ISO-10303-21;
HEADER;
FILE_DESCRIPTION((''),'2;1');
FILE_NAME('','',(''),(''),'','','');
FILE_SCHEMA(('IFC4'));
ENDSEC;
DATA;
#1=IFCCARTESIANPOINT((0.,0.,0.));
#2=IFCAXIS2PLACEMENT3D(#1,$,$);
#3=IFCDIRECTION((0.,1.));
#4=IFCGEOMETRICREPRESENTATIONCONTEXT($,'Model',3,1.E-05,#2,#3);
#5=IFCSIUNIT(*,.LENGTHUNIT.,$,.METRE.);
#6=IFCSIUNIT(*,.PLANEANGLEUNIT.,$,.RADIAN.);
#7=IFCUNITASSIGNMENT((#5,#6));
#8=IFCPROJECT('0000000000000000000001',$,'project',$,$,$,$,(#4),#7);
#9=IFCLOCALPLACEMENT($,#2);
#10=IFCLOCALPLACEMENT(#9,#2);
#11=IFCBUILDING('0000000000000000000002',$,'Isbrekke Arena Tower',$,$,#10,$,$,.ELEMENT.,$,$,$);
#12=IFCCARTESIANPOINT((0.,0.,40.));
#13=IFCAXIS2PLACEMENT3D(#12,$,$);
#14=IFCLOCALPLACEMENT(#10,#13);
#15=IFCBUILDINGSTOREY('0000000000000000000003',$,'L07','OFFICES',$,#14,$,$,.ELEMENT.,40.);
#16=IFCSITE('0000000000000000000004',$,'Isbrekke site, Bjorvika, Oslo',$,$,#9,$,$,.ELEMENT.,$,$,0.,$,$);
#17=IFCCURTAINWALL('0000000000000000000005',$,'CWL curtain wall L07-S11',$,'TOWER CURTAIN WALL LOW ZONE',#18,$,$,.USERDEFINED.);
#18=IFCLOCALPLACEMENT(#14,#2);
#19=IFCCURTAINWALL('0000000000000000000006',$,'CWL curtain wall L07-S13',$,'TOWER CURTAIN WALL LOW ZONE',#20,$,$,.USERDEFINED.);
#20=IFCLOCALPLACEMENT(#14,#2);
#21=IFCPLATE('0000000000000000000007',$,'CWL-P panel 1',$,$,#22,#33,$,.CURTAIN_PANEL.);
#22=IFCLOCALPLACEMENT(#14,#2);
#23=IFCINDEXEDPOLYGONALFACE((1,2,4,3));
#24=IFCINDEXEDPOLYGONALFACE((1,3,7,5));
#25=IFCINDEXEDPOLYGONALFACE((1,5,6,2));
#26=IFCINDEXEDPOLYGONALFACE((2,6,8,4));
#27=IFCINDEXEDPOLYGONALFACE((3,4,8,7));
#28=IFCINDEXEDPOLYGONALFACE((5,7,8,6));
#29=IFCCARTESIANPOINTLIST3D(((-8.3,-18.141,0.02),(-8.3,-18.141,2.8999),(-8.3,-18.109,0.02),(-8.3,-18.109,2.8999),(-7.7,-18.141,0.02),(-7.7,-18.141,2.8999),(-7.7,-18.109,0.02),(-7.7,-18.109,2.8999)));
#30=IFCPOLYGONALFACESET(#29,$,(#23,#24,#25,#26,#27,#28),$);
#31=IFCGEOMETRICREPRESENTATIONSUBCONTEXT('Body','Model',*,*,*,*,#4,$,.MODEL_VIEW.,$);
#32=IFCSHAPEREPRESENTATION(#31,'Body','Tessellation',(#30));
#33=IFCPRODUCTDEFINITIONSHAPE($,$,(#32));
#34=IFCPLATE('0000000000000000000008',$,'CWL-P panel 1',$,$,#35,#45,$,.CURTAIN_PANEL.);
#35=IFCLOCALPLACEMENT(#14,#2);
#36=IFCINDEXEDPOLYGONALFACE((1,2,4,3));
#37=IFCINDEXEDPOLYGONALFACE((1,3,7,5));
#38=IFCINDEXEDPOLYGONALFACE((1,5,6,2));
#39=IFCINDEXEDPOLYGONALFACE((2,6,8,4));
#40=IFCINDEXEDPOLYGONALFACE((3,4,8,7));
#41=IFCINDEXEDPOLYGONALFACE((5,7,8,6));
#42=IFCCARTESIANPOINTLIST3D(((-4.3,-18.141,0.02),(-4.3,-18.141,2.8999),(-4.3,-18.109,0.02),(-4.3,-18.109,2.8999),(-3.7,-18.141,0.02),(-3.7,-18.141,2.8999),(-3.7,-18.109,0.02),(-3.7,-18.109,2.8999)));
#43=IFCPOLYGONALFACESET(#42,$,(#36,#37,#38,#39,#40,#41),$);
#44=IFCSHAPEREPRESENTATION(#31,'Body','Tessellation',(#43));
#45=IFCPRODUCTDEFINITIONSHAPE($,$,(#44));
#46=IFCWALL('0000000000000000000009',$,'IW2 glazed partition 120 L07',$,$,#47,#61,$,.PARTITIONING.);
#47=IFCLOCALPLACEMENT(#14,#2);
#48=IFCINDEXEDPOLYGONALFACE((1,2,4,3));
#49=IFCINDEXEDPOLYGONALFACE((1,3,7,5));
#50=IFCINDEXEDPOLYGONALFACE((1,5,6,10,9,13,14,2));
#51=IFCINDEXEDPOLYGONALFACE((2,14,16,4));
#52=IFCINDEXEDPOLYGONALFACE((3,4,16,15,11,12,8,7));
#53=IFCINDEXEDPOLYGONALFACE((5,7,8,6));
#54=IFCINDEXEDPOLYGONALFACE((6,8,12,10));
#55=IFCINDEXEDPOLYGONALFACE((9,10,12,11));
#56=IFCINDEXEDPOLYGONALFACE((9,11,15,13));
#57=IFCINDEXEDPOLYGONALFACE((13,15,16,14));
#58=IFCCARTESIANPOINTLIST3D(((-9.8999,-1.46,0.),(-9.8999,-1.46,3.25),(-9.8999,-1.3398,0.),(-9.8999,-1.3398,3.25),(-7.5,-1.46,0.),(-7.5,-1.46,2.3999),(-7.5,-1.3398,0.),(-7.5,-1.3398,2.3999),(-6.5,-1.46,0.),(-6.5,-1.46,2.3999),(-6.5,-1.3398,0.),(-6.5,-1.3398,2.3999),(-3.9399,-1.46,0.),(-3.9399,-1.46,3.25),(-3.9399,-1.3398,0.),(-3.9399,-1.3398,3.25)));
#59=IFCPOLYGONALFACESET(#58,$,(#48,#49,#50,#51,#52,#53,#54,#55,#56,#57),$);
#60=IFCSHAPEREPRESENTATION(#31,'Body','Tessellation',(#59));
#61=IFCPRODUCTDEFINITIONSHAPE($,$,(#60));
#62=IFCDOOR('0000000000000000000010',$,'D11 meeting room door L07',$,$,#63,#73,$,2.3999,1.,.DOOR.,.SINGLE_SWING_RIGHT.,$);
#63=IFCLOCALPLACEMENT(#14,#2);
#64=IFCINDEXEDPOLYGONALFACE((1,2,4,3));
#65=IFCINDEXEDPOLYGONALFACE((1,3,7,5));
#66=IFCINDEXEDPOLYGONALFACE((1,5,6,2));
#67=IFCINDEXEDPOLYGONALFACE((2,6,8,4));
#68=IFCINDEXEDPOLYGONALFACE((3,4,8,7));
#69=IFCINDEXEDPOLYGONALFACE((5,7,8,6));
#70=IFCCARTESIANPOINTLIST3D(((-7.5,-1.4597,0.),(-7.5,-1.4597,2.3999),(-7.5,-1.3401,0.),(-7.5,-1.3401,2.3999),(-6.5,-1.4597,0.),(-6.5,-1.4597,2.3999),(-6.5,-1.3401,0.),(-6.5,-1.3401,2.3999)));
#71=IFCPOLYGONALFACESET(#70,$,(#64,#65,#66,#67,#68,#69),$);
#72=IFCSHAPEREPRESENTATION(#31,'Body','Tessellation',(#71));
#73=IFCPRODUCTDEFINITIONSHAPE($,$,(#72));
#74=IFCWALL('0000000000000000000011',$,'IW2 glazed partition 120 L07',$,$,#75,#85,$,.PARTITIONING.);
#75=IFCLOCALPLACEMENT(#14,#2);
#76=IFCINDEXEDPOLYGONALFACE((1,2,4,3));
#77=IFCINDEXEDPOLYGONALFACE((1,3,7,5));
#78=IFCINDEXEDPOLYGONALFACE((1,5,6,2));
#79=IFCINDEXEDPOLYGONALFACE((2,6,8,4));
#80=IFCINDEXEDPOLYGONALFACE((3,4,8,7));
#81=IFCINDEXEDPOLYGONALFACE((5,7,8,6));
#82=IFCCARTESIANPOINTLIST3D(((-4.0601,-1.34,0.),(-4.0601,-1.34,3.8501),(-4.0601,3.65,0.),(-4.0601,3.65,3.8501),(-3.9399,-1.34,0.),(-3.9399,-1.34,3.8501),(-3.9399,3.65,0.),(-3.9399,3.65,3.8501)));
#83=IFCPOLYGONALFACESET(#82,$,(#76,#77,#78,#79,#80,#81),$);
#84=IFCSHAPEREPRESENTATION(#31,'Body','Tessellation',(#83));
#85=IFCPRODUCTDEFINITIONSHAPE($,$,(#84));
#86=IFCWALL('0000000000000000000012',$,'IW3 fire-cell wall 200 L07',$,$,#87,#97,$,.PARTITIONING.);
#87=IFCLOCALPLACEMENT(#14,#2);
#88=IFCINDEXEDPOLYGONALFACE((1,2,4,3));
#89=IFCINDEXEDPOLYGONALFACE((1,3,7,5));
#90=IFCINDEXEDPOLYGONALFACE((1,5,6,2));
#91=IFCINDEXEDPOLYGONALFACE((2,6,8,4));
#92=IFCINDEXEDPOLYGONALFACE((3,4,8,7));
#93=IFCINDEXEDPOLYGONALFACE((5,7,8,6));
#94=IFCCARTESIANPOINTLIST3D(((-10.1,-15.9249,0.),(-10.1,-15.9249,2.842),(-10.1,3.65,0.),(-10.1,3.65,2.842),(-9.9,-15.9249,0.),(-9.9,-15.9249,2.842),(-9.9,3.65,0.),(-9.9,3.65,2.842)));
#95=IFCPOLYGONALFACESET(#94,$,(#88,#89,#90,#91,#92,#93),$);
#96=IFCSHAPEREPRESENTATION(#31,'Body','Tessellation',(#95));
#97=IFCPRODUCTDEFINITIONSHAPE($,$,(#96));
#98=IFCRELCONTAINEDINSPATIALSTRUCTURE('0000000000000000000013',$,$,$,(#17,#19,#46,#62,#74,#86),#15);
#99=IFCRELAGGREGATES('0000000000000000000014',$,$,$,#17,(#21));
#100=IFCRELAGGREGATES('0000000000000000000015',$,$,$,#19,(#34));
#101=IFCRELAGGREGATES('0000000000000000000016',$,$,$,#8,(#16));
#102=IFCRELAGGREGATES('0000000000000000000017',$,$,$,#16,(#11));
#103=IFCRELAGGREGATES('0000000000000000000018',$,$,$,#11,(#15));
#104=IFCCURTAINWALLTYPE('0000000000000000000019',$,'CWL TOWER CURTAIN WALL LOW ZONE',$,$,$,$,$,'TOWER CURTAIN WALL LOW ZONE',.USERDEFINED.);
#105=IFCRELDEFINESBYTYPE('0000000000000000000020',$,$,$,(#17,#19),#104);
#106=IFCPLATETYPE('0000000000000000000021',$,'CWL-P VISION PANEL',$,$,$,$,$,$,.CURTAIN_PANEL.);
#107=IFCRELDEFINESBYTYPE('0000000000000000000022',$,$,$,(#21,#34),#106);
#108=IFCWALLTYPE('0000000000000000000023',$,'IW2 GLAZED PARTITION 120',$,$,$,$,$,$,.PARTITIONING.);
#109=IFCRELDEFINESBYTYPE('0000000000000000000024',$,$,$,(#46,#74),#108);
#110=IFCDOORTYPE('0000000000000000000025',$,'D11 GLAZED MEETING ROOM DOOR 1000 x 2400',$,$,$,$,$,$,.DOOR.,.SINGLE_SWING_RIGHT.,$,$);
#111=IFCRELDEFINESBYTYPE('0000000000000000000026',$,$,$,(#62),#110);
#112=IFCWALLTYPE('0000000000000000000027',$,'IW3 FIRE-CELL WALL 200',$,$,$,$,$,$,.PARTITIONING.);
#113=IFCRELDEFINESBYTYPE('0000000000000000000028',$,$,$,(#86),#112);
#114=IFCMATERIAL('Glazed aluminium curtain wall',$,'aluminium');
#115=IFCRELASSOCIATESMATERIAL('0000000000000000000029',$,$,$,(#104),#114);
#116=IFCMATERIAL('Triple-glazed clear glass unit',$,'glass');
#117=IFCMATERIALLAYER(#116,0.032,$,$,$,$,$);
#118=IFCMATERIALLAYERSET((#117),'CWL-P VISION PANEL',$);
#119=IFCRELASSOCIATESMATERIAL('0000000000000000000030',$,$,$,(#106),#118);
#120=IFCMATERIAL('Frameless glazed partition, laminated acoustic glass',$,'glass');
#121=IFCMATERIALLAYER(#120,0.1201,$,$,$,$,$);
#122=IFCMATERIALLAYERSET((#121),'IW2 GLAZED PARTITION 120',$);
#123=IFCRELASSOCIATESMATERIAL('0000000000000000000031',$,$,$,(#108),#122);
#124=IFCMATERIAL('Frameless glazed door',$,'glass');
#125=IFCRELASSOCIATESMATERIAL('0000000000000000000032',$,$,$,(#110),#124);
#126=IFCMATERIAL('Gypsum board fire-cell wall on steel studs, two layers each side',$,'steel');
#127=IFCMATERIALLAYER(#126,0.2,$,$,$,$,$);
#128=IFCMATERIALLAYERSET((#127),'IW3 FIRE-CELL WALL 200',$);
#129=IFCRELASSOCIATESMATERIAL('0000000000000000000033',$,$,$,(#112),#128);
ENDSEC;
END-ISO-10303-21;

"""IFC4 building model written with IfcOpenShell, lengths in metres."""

from ifc_helpers import new_model, si_unit, direction, frame, frame_2d, origin, origin_2d, place, context, subcontext, project, spatial, rectangle, extrude, material, layer, layer_set, type_object, element, fill, aggregate, save


model = new_model("IFC4")

# Units and contexts
model_context = context("Model", 3, precision=1e-05, world=origin(), true_north=direction((0.0, 1.0)))
body_context = subcontext(model_context, "Body", "Model", "MODEL_VIEW")
ifc_project = project(units=[si_unit("LENGTHUNIT", "METRE"), si_unit("PLANEANGLEUNIT", "RADIAN")], contexts=[model_context])

# Site, building, storey
site_placement = place(None, origin())
site = spatial("IfcSite", under=ifc_project, at=site_placement, Name="Isbrekke site, Bjorvika, Oslo", CompositionType="ELEMENT", RefElevation=0.0)
building_placement = place(site_placement, origin())
building = spatial("IfcBuilding", under=site, at=building_placement, Name="Isbrekke Arena Tower", CompositionType="ELEMENT")
storey_placement = place(building_placement, frame((0.0, 0.0, 40.0)))
storey = spatial("IfcBuildingStorey", under=building, at=storey_placement, Name="L07", Description="OFFICES", CompositionType="ELEMENT", Elevation=40.0)

# Curtain walls
ifc_material_1 = material(Name="Glazed aluminium curtain wall", Category="aluminium")
curtain_wall_type = type_object("IfcCurtainWallType", Name="CWL TOWER CURTAIN WALL LOW ZONE", ElementType="TOWER CURTAIN WALL LOW ZONE", PredefinedType="USERDEFINED", material=ifc_material_1)
curtain_wall_1_placement = place(storey_placement, origin())
curtain_wall_1 = element("IfcCurtainWall", 1, at=curtain_wall_1_placement, inside=storey, type_object=curtain_wall_type, Name="CWL curtain wall L07-S11", ObjectType="TOWER CURTAIN WALL LOW ZONE", PredefinedType="USERDEFINED")
curtain_wall_2_placement = place(storey_placement, origin())
curtain_wall_2 = element("IfcCurtainWall", 2, at=curtain_wall_2_placement, inside=storey, type_object=curtain_wall_type, Name="CWL curtain wall L07-S13", ObjectType="TOWER CURTAIN WALL LOW ZONE", PredefinedType="USERDEFINED")

# Plates
ifc_material_2 = material(Name="Triple-glazed clear glass unit", Category="glass")
ifc_layer_1 = layer(ifc_material_2, 0.032)
ifc_layer_set_1 = layer_set([ifc_layer_1], Name="CWL-P VISION PANEL")
plate_type = type_object("IfcPlateType", Name="CWL-P VISION PANEL", PredefinedType="CURTAIN_PANEL", material=ifc_layer_set_1)
plate_1_placement = place(storey_placement, frame((-8.0, -18.125, 0.02), z_axis=(0.0, 0.0, 1.0), x_axis=(1.0, 0.0, 0.0)))
plate_1 = element("IfcPlate", 3, at=plate_1_placement, type_object=plate_type, Name="CWL-P panel 1", PredefinedType="CURTAIN_PANEL", context=body_context, shape_type="SweptSolid", body=[
    extrude(rectangle(XDim=0.6001, YDim=0.032, at=origin_2d()), origin(), (0.0, 0.0, 1.0), 2.8799),
])
aggregate(curtain_wall_1, [plate_1])
plate_2_placement = place(storey_placement, frame((-4.0, -18.125, 0.02), z_axis=(0.0, 0.0, 1.0), x_axis=(1.0, 0.0, 0.0)))
plate_2 = element("IfcPlate", 4, at=plate_2_placement, type_object=plate_type, Name="CWL-P panel 1", PredefinedType="CURTAIN_PANEL", context=body_context, shape_type="SweptSolid", body=[
    extrude(rectangle(XDim=0.6001, YDim=0.032, at=origin_2d()), origin(), (0.0, 0.0, 1.0), 2.8799),
])
aggregate(curtain_wall_2, [plate_2])

# Wall, opening, door
ifc_material_3 = material(Name="Frameless glazed partition, laminated acoustic glass", Category="glass")
ifc_layer_2 = layer(ifc_material_3, 0.1201)
ifc_layer_set_2 = layer_set([ifc_layer_2], Name="IW2 GLAZED PARTITION 120")
wall_type_1 = type_object("IfcWallType", Name="IW2 GLAZED PARTITION 120", PredefinedType="PARTITIONING", material=ifc_layer_set_2)
wall_1_placement = place(storey_placement, frame((-9.8999, -1.3999, 0.0), z_axis=(0.0, 0.0, 1.0), x_axis=(1.0, 0.0, 0.0)))
wall_1 = element("IfcWall", 5, at=wall_1_placement, inside=storey, type_object=wall_type_1, Name="IW2 glazed partition 120 L07", PredefinedType="PARTITIONING", context=body_context, shape_type="SweptSolid", body=[
    extrude(rectangle(XDim=5.96, YDim=0.1201, at=frame_2d((2.98, 0.0))), origin(), (0.0, 0.0, 1.0), 3.25),
])
opening_placement = place(wall_1_placement, frame((2.3999, 0.0, 0.0)))
opening = element("IfcOpeningElement", 6, at=opening_placement, cuts=wall_1, PredefinedType="OPENING", context=body_context, shape_type="SweptSolid", body=[
    extrude(rectangle(XDim=1.0, YDim=2.3999, at=frame_2d((0.5, 1.2))), frame((0.0, 0.075, 0.0), z_axis=(0.0, -1.0, 0.0), x_axis=(1.0, 0.0, 0.0)), (0.0, 0.0, 1.0), 0.1499),
])
ifc_material_4 = material(Name="Frameless glazed door", Category="glass")
door_type = type_object("IfcDoorType", Name="D11 GLAZED MEETING ROOM DOOR 1000 x 2400", OperationType="SINGLE_SWING_RIGHT", PredefinedType="DOOR", material=ifc_material_4)
door_placement = place(opening_placement, origin())
door = element("IfcDoor", 7, at=door_placement, inside=storey, type_object=door_type, Name="D11 meeting room door L07", OperationType="SINGLE_SWING_RIGHT", OverallHeight=2.3999, OverallWidth=1.0, PredefinedType="DOOR", context=body_context, shape_type="SweptSolid", body=[
    extrude(rectangle(XDim=1.0, YDim=2.3999, at=frame_2d((0.5, 1.2))), frame((0.0, 0.0598, 0.0), z_axis=(0.0, -1.0, 0.0), x_axis=(1.0, 0.0, 0.0)), (0.0, 0.0, 1.0), 0.1196),
])
fill(opening, door)

# Walls
wall_2_placement = place(storey_placement, frame((-4.0, -1.3401, 0.0), z_axis=(0.0, 0.0, 1.0), x_axis=(0.0, 1.0, 0.0)))
element("IfcWall", 8, at=wall_2_placement, inside=storey, type_object=wall_type_1, Name="IW2 glazed partition 120 L07", PredefinedType="PARTITIONING", context=body_context, shape_type="SweptSolid", body=[
    extrude(rectangle(XDim=4.99, YDim=0.1201, at=frame_2d((2.4951, 0.0))), origin(), (0.0, 0.0, 1.0), 3.8501),
])
ifc_material_5 = material(Name="Gypsum board fire-cell wall on steel studs, two layers each side", Category="steel")
ifc_layer_3 = layer(ifc_material_5, 0.2)
ifc_layer_set_3 = layer_set([ifc_layer_3], Name="IW3 FIRE-CELL WALL 200")
wall_type_2 = type_object("IfcWallType", Name="IW3 FIRE-CELL WALL 200", PredefinedType="PARTITIONING", material=ifc_layer_set_3)
wall_3_placement = place(storey_placement, frame((-10.0, -15.925, 0.0), z_axis=(0.0, 0.0, 1.0), x_axis=(0.0, 1.0, 0.0)))
element("IfcWall", 9, at=wall_3_placement, inside=storey, type_object=wall_type_2, Name="IW3 fire-cell wall 200 L07", PredefinedType="PARTITIONING", context=body_context, shape_type="SweptSolid", body=[
    extrude(rectangle(XDim=19.575, YDim=0.2, at=frame_2d((9.7876, 0.0))), origin(), (0.0, 0.0, 1.0), 2.842),
])

save(model, "model.ifc")
